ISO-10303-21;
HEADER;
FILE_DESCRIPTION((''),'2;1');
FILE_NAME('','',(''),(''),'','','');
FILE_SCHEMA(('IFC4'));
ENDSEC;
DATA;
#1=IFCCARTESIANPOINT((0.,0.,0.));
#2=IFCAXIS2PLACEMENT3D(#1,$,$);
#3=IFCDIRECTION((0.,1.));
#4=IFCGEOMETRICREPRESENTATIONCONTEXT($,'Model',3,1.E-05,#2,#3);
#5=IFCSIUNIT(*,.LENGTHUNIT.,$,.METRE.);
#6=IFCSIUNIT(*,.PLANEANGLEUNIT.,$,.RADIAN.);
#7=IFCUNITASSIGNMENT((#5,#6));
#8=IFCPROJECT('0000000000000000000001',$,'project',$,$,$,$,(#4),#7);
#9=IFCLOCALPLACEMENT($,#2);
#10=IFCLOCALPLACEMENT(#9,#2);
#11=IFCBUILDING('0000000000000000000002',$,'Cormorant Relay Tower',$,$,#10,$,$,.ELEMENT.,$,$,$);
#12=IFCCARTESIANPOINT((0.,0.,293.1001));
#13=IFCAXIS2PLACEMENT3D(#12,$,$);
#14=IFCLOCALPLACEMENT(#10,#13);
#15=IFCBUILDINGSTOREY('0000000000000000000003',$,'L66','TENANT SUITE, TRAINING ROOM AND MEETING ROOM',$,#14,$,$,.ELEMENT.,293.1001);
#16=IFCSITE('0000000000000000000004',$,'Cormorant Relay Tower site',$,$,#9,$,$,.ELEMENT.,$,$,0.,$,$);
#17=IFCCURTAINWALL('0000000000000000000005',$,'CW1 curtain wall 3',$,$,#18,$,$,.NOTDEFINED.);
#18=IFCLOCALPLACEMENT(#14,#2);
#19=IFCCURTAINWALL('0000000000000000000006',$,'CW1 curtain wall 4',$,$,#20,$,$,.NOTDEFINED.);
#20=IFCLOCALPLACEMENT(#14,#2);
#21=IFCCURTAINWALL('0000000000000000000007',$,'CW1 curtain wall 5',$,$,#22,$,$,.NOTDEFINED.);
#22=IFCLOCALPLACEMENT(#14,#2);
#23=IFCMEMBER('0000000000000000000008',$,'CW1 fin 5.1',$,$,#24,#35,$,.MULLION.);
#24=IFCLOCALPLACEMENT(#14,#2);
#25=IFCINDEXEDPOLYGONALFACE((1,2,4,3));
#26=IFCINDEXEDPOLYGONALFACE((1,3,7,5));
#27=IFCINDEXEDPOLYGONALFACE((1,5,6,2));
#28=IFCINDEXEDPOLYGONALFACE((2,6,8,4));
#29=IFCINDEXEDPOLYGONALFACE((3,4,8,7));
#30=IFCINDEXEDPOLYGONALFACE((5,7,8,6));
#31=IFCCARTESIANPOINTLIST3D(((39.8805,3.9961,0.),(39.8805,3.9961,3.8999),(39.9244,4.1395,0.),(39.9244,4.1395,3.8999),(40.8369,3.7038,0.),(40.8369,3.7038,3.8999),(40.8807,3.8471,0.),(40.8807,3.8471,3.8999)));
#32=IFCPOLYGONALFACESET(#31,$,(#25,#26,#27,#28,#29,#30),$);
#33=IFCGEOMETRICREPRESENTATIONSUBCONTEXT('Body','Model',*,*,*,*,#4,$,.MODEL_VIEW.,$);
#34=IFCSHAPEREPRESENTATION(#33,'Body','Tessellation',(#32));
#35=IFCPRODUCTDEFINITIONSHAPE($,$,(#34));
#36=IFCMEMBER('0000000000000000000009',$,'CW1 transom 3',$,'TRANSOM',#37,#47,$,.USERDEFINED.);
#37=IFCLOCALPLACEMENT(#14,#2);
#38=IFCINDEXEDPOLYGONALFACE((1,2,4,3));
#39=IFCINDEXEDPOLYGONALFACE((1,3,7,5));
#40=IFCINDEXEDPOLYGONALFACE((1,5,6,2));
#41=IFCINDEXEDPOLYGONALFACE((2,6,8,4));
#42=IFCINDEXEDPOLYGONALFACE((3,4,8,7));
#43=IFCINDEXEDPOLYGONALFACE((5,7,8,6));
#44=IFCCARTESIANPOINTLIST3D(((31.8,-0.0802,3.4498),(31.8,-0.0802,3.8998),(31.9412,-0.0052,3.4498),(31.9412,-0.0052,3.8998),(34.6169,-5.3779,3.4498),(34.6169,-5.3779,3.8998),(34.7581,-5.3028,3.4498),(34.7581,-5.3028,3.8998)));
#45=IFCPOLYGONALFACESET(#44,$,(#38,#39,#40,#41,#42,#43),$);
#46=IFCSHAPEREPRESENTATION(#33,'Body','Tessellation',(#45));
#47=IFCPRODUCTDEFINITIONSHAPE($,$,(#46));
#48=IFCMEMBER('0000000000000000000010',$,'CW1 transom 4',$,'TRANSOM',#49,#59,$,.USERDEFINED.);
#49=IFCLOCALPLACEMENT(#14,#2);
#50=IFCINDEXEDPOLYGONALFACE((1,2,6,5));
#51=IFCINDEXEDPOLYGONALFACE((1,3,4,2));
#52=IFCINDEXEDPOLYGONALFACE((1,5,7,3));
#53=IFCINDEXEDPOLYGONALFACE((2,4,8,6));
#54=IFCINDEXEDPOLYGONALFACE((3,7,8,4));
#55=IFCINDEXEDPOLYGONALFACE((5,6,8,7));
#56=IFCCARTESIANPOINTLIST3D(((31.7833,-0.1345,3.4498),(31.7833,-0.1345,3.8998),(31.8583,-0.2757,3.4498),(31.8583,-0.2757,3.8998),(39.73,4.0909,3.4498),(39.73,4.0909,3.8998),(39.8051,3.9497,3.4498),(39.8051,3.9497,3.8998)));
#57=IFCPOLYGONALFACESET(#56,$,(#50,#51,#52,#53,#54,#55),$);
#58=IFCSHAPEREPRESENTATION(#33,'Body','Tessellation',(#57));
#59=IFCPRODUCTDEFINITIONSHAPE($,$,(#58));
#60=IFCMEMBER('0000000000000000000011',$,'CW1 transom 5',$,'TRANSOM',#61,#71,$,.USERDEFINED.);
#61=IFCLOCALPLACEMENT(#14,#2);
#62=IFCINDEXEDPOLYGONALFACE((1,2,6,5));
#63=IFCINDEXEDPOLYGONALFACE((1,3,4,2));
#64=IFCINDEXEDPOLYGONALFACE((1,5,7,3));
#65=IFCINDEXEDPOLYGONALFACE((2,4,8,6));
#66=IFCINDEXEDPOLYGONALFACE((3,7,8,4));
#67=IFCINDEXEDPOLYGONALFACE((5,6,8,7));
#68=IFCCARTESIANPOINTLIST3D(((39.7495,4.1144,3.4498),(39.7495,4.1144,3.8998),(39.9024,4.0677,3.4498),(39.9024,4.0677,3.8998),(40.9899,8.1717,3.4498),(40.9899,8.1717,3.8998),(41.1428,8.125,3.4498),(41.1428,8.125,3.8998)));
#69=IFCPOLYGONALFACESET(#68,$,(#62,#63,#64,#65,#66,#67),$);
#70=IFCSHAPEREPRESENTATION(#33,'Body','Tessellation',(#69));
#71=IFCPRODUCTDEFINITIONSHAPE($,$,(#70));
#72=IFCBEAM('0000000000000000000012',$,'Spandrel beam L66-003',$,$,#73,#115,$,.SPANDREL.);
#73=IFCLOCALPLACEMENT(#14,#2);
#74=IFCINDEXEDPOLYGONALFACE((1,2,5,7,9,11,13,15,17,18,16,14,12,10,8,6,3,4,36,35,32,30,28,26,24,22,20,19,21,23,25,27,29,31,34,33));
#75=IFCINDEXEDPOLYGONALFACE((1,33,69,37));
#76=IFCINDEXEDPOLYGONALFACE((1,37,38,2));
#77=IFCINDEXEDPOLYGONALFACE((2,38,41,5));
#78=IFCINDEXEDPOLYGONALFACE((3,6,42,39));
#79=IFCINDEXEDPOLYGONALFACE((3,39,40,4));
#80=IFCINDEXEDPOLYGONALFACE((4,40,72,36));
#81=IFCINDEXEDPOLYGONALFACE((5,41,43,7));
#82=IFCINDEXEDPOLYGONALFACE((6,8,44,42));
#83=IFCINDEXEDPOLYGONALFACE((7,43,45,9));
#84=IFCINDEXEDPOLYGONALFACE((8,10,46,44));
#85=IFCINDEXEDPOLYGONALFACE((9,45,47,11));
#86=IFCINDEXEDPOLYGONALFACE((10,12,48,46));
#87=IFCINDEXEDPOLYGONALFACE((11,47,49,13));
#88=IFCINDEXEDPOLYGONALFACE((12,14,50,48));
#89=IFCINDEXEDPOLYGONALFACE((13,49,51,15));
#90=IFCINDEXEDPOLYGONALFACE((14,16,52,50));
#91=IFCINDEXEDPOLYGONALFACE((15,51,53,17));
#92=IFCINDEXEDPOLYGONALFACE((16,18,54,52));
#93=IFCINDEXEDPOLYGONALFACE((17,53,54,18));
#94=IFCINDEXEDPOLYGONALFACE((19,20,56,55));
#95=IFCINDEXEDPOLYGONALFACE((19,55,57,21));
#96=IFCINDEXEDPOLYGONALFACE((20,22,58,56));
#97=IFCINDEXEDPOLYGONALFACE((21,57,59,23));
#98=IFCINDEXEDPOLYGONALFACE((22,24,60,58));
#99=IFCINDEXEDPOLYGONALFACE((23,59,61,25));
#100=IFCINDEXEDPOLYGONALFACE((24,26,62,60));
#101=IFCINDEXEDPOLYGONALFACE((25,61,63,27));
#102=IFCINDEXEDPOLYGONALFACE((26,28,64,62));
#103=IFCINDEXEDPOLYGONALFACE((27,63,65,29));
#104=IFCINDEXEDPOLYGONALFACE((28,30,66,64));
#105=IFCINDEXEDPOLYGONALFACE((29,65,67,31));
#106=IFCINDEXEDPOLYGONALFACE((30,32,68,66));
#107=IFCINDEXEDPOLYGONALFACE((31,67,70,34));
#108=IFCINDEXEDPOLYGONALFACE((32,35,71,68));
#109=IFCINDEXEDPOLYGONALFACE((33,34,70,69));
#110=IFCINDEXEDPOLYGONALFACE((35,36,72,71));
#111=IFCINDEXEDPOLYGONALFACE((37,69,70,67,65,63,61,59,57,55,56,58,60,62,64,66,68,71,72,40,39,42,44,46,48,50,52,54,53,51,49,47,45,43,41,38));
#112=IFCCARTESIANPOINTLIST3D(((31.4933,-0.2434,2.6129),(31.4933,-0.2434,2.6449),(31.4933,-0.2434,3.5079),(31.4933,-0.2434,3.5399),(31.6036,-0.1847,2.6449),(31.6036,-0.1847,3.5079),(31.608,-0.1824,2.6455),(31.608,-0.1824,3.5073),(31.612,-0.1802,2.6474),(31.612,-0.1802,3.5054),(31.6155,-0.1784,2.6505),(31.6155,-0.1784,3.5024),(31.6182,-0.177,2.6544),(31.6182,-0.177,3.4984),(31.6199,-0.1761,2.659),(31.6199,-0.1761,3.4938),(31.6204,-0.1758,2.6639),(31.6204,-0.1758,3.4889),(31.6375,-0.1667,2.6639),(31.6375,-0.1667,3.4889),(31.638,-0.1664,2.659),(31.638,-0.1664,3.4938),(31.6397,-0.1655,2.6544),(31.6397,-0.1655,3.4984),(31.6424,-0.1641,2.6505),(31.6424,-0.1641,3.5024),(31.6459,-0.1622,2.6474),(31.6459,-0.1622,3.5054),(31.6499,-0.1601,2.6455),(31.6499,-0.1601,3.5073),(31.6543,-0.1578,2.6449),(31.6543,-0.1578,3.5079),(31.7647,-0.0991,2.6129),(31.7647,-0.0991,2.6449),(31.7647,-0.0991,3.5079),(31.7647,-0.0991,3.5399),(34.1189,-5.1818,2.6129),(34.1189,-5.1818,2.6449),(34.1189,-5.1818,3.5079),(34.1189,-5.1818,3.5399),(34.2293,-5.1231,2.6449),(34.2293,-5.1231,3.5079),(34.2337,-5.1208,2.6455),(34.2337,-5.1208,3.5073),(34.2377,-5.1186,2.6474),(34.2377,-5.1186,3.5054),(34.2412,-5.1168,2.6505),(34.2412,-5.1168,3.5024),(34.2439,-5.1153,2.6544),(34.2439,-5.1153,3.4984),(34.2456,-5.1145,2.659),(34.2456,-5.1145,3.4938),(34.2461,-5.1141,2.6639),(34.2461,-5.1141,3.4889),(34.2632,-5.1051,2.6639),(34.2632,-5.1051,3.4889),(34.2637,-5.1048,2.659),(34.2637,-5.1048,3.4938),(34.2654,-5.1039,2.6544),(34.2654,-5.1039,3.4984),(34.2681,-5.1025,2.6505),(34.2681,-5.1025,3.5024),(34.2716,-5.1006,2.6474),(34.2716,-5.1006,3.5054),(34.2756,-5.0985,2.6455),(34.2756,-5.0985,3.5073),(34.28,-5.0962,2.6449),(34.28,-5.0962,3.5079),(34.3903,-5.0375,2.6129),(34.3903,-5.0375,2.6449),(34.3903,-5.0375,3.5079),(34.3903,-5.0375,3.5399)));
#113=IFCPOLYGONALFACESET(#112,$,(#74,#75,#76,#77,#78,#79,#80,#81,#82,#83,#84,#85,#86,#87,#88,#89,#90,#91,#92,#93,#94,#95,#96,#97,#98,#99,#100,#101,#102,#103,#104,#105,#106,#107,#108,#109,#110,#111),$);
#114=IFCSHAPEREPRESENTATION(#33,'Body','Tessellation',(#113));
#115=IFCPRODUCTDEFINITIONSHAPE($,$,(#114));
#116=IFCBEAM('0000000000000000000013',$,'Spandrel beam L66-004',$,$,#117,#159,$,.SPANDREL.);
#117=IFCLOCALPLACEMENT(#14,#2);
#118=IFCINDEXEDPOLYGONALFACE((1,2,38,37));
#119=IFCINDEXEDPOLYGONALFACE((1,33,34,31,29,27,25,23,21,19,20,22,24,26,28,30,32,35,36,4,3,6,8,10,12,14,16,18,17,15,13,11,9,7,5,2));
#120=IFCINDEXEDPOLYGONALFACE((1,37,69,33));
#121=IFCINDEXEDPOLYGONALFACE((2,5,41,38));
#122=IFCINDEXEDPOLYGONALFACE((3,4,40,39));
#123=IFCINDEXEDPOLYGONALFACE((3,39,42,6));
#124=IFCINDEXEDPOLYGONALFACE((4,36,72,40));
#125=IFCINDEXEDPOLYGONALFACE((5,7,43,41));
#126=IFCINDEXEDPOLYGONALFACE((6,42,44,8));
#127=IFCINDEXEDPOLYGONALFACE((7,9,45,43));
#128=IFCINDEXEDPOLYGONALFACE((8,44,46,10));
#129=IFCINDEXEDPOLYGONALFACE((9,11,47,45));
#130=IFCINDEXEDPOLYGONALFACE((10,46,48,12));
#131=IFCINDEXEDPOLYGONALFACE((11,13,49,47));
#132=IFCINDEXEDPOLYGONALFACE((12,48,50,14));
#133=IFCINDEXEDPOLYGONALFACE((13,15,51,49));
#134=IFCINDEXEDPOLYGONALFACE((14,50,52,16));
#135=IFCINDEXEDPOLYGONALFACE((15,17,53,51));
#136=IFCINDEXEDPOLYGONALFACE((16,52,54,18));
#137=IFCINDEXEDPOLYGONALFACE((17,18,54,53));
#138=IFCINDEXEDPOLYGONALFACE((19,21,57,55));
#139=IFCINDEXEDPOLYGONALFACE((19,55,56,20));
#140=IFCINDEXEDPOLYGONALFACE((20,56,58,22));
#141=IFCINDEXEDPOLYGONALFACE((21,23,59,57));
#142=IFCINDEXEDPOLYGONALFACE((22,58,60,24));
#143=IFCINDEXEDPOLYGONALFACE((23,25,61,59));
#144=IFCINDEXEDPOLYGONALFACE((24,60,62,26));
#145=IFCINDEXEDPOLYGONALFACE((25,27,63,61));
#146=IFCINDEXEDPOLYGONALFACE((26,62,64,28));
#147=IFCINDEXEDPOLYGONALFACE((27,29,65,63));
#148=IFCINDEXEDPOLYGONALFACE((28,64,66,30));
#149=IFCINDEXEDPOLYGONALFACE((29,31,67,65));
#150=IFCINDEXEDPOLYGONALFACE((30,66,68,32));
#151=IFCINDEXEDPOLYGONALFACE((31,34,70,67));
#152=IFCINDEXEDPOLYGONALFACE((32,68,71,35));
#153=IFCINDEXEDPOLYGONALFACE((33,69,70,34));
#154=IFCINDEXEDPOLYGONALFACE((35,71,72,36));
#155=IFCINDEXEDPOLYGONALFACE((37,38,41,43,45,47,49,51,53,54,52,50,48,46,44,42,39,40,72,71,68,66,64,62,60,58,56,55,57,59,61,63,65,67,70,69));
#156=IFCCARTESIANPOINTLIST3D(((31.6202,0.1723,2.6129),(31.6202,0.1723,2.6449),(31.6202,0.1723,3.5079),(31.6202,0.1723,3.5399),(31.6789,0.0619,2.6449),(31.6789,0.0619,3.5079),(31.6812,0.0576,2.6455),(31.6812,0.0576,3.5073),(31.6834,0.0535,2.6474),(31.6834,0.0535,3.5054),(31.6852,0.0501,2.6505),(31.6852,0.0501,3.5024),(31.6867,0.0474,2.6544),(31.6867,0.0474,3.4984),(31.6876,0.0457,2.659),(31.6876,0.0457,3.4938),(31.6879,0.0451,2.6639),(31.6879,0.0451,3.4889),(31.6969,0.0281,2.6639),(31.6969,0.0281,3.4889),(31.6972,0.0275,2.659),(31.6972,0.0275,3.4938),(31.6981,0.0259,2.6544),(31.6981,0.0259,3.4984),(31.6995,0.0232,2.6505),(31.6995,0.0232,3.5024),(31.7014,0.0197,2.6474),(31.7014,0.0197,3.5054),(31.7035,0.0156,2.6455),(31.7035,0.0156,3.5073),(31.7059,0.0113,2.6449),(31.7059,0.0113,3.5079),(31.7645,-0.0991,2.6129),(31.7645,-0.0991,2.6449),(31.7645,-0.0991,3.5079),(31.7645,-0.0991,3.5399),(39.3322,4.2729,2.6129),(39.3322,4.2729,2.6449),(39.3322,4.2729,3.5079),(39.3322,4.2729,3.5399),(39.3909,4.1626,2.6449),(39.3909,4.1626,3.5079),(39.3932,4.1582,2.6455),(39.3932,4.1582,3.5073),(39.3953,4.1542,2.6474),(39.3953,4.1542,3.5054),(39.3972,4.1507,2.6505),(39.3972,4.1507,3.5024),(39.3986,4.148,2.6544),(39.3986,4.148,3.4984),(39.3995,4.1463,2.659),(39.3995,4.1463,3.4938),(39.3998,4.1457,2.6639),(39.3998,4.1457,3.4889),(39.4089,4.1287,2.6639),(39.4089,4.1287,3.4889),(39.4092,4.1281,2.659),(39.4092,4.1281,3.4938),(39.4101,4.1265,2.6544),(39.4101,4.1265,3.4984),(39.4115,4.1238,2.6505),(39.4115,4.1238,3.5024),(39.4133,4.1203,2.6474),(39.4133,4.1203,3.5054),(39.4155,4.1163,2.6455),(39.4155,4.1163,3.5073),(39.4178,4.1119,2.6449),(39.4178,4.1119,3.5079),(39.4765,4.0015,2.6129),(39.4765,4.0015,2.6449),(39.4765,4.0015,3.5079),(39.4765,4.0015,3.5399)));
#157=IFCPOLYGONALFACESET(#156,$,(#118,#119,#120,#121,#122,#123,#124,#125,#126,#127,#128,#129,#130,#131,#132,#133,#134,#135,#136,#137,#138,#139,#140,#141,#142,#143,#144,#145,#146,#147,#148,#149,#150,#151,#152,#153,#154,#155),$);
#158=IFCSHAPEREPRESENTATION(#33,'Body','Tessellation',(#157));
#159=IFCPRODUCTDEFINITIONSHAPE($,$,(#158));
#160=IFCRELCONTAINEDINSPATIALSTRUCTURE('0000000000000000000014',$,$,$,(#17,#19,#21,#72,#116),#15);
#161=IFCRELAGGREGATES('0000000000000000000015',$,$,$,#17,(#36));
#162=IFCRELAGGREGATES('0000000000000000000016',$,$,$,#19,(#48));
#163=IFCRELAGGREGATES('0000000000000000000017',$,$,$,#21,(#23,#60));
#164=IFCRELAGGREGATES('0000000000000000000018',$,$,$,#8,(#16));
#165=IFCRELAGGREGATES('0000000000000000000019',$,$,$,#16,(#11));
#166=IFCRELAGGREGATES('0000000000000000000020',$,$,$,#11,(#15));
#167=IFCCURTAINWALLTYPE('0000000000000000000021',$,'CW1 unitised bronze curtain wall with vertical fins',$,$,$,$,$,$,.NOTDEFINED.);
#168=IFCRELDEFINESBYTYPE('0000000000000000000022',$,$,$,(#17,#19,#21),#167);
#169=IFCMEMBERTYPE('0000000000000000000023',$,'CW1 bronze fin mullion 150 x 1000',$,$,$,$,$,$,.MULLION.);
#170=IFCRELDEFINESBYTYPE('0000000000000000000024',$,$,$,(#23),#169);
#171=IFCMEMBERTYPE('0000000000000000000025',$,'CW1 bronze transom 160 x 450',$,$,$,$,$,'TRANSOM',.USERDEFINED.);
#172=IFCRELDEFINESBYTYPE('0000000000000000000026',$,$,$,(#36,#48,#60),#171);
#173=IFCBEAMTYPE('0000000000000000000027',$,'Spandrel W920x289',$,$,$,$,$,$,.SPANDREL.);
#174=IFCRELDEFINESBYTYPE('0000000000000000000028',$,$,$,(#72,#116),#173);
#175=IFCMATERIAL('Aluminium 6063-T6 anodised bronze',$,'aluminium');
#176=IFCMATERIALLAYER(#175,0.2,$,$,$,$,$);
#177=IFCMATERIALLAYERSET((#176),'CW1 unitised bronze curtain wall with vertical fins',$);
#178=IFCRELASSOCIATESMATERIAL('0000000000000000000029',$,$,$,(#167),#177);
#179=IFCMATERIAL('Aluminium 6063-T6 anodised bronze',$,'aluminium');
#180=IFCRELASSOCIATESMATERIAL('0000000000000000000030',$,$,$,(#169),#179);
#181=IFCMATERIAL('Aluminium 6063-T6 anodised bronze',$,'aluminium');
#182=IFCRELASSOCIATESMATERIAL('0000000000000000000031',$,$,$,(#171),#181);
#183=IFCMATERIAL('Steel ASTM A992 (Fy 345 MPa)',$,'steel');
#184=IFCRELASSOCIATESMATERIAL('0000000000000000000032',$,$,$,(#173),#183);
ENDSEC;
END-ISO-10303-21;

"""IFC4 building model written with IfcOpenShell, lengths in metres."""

from ifc_helpers import new_model, si_unit, direction, frame, origin, origin_2d, place, context, subcontext, project, spatial, rectangle, i_section, extrude, material, layer, layer_set, material_profile, profile_set, type_object, element, aggregate, save


model = new_model("IFC4")

# Units and contexts
model_context = context("Model", 3, precision=1e-05, world=origin(), true_north=direction((0.0, 1.0)))
body_context = subcontext(model_context, "Body", "Model", "MODEL_VIEW")
ifc_project = project(units=[si_unit("LENGTHUNIT", "METRE"), si_unit("PLANEANGLEUNIT", "RADIAN")], contexts=[model_context])

# Site, building, storey
site_placement = place(None, origin())
site = spatial("IfcSite", under=ifc_project, at=site_placement, Name="Cormorant Relay Tower site", CompositionType="ELEMENT", RefElevation=0.0)
building_placement = place(site_placement, origin())
building = spatial("IfcBuilding", under=site, at=building_placement, Name="Cormorant Relay Tower", CompositionType="ELEMENT")
storey_placement = place(building_placement, frame((0.0, 0.0, 293.1001)))
storey = spatial("IfcBuildingStorey", under=building, at=storey_placement, Name="L66", Description="TENANT SUITE, TRAINING ROOM AND MEETING ROOM", CompositionType="ELEMENT", Elevation=293.1001)

# Curtain wall
ifc_material_1 = material(Name="Aluminium 6063-T6 anodised bronze", Category="aluminium")
ifc_layer_1 = layer(ifc_material_1, 0.2)
ifc_layer_set_1 = layer_set([ifc_layer_1], Name="CW1 unitised bronze curtain wall with vertical fins")
curtain_wall_type = type_object("IfcCurtainWallType", Name="CW1 unitised bronze curtain wall with vertical fins", PredefinedType="NOTDEFINED", material=ifc_layer_set_1)
ifc_material_2 = material(Name="Aluminium 6063-T6 anodised bronze", Category="aluminium")
ifc_material_profile_1 = material_profile(ifc_material_2, rectangle(XDim=0.1499, YDim=1.0, at=origin_2d()), Name="AL 150x1000")
ifc_profile_set_1 = profile_set([ifc_material_profile_1], Name="Aluminium 6063-T6 anodised bronze")
member_type_1 = type_object("IfcMemberType", Name="CW1 bronze fin mullion 150 x 1000", PredefinedType="MULLION", material=ifc_profile_set_1)
curtain_wall_1_placement = place(storey_placement, origin())
curtain_wall_1 = element("IfcCurtainWall", 1, at=curtain_wall_1_placement, inside=storey, type_object=curtain_wall_type, Name="CW1 curtain wall 3", PredefinedType="NOTDEFINED")

# Curtain wall
curtain_wall_2_placement = place(storey_placement, origin())
curtain_wall_2 = element("IfcCurtainWall", 2, at=curtain_wall_2_placement, inside=storey, type_object=curtain_wall_type, Name="CW1 curtain wall 4", PredefinedType="NOTDEFINED")

# Curtain wall, member
curtain_wall_3_placement = place(storey_placement, origin())
curtain_wall_3 = element("IfcCurtainWall", 3, at=curtain_wall_3_placement, inside=storey, type_object=curtain_wall_type, Name="CW1 curtain wall 5", PredefinedType="NOTDEFINED")
member_1_placement = place(storey_placement, frame((40.3806, 3.9216, 0.0), z_axis=(0.0, 0.0, 1.0), x_axis=(0.292372, 0.956305, 0.0)))
member_1 = element("IfcMember", 4, at=member_1_placement, type_object=member_type_1, Name="CW1 fin 5.1", PredefinedType="MULLION", context=body_context, shape_type="SweptSolid", body=[
    extrude(rectangle(XDim=0.1499, YDim=1.0, at=origin_2d()), origin(), (0.0, 0.0, 1.0), 3.8999),
])

# Members
ifc_material_3 = material(Name="Aluminium 6063-T6 anodised bronze", Category="aluminium")
ifc_material_profile_2 = material_profile(ifc_material_3, rectangle(XDim=0.1599, YDim=0.45, at=origin_2d()), Name="AL 160x450")
ifc_profile_set_2 = profile_set([ifc_material_profile_2], Name="Aluminium 6063-T6 anodised bronze")
member_type_2 = type_object("IfcMemberType", Name="CW1 bronze transom 160 x 450", ElementType="TRANSOM", PredefinedType="USERDEFINED", material=ifc_profile_set_2)
member_2_placement = place(storey_placement, frame((34.6875, -5.3403, 3.6748), z_axis=(-0.469485, 0.88294, 0.0), x_axis=(-0.88294, -0.469485, 0.0)))
member_2 = element("IfcMember", 5, at=member_2_placement, type_object=member_type_2, Name="CW1 transom 3", ObjectType="TRANSOM", PredefinedType="USERDEFINED", context=body_context, shape_type="SweptSolid", body=[
    extrude(rectangle(XDim=0.1599, YDim=0.45, at=origin_2d()), origin(), (0.0, 0.0, 1.0), 6.0),
])
member_3_placement = place(storey_placement, frame((31.8208, -0.2051, 3.6748), z_axis=(0.882949, 0.469469, 0.0), x_axis=(-0.469469, 0.882949, 0.0)))
member_3 = element("IfcMember", 6, at=member_3_placement, type_object=member_type_2, Name="CW1 transom 4", ObjectType="TRANSOM", PredefinedType="USERDEFINED", context=body_context, shape_type="SweptSolid", body=[
    extrude(rectangle(XDim=0.1599, YDim=0.45, at=origin_2d()), origin(), (0.0, 0.0, 1.0), 9.0002),
])
member_4_placement = place(storey_placement, frame((39.8259, 4.0911, 3.6748), z_axis=(0.292375, 0.956304, 0.0), x_axis=(-0.956304, 0.292375, 0.0)))
member_4 = element("IfcMember", 7, at=member_4_placement, type_object=member_type_2, Name="CW1 transom 5", ObjectType="TRANSOM", PredefinedType="USERDEFINED", context=body_context, shape_type="SweptSolid", body=[
    extrude(rectangle(XDim=0.1599, YDim=0.45, at=origin_2d()), origin(), (0.0, 0.0, 1.0), 4.2427),
])

# Beams
ifc_material_4 = material(Name="Steel ASTM A992 (Fy 345 MPa)", Category="steel")
ifc_material_profile_3 = material_profile(ifc_material_4, i_section(OverallWidth=0.3074, OverallDepth=0.927, WebThickness=0.0193, FlangeThickness=0.032, FilletRadius=0.019, at=origin_2d()), Name="W920x289")
ifc_profile_set_3 = profile_set([ifc_material_profile_3], Name="Steel ASTM A992 (Fy 345 MPa)")
beam_type = type_object("IfcBeamType", Name="Spandrel W920x289", PredefinedType="SPANDREL", material=ifc_profile_set_3)
beam_1_placement = place(storey_placement, frame((34.2546, -5.1096, 3.0764), z_axis=(-0.469457, 0.882955, 0.0), x_axis=(-0.882955, -0.469457, 0.0)))
element("IfcBeam", 8, at=beam_1_placement, inside=storey, type_object=beam_type, Name="Spandrel beam L66-003", PredefinedType="SPANDREL", context=body_context, shape_type="SweptSolid", body=[
    extrude(i_section(OverallWidth=0.3074, OverallDepth=0.927, WebThickness=0.0193, FlangeThickness=0.032, FilletRadius=0.019, at=origin_2d()), origin(), (0.0, 0.0, 1.0), 5.593),
])
beam_2_placement = place(storey_placement, frame((31.6924, 0.0366, 3.0764), z_axis=(0.882943, 0.469479, 0.0), x_axis=(-0.469479, 0.882943, 0.0)))
element("IfcBeam", 9, at=beam_2_placement, inside=storey, type_object=beam_type, Name="Spandrel beam L66-004", PredefinedType="SPANDREL", context=body_context, shape_type="SweptSolid", body=[
    extrude(i_section(OverallWidth=0.3074, OverallDepth=0.927, WebThickness=0.0193, FlangeThickness=0.032, FilletRadius=0.019, at=origin_2d()), origin(), (0.0, 0.0, 1.0), 8.7344),
])

aggregate(curtain_wall_1, [member_2])
aggregate(curtain_wall_2, [member_3])
aggregate(curtain_wall_3, [member_1, member_4])

save(model, "model.ifc")
